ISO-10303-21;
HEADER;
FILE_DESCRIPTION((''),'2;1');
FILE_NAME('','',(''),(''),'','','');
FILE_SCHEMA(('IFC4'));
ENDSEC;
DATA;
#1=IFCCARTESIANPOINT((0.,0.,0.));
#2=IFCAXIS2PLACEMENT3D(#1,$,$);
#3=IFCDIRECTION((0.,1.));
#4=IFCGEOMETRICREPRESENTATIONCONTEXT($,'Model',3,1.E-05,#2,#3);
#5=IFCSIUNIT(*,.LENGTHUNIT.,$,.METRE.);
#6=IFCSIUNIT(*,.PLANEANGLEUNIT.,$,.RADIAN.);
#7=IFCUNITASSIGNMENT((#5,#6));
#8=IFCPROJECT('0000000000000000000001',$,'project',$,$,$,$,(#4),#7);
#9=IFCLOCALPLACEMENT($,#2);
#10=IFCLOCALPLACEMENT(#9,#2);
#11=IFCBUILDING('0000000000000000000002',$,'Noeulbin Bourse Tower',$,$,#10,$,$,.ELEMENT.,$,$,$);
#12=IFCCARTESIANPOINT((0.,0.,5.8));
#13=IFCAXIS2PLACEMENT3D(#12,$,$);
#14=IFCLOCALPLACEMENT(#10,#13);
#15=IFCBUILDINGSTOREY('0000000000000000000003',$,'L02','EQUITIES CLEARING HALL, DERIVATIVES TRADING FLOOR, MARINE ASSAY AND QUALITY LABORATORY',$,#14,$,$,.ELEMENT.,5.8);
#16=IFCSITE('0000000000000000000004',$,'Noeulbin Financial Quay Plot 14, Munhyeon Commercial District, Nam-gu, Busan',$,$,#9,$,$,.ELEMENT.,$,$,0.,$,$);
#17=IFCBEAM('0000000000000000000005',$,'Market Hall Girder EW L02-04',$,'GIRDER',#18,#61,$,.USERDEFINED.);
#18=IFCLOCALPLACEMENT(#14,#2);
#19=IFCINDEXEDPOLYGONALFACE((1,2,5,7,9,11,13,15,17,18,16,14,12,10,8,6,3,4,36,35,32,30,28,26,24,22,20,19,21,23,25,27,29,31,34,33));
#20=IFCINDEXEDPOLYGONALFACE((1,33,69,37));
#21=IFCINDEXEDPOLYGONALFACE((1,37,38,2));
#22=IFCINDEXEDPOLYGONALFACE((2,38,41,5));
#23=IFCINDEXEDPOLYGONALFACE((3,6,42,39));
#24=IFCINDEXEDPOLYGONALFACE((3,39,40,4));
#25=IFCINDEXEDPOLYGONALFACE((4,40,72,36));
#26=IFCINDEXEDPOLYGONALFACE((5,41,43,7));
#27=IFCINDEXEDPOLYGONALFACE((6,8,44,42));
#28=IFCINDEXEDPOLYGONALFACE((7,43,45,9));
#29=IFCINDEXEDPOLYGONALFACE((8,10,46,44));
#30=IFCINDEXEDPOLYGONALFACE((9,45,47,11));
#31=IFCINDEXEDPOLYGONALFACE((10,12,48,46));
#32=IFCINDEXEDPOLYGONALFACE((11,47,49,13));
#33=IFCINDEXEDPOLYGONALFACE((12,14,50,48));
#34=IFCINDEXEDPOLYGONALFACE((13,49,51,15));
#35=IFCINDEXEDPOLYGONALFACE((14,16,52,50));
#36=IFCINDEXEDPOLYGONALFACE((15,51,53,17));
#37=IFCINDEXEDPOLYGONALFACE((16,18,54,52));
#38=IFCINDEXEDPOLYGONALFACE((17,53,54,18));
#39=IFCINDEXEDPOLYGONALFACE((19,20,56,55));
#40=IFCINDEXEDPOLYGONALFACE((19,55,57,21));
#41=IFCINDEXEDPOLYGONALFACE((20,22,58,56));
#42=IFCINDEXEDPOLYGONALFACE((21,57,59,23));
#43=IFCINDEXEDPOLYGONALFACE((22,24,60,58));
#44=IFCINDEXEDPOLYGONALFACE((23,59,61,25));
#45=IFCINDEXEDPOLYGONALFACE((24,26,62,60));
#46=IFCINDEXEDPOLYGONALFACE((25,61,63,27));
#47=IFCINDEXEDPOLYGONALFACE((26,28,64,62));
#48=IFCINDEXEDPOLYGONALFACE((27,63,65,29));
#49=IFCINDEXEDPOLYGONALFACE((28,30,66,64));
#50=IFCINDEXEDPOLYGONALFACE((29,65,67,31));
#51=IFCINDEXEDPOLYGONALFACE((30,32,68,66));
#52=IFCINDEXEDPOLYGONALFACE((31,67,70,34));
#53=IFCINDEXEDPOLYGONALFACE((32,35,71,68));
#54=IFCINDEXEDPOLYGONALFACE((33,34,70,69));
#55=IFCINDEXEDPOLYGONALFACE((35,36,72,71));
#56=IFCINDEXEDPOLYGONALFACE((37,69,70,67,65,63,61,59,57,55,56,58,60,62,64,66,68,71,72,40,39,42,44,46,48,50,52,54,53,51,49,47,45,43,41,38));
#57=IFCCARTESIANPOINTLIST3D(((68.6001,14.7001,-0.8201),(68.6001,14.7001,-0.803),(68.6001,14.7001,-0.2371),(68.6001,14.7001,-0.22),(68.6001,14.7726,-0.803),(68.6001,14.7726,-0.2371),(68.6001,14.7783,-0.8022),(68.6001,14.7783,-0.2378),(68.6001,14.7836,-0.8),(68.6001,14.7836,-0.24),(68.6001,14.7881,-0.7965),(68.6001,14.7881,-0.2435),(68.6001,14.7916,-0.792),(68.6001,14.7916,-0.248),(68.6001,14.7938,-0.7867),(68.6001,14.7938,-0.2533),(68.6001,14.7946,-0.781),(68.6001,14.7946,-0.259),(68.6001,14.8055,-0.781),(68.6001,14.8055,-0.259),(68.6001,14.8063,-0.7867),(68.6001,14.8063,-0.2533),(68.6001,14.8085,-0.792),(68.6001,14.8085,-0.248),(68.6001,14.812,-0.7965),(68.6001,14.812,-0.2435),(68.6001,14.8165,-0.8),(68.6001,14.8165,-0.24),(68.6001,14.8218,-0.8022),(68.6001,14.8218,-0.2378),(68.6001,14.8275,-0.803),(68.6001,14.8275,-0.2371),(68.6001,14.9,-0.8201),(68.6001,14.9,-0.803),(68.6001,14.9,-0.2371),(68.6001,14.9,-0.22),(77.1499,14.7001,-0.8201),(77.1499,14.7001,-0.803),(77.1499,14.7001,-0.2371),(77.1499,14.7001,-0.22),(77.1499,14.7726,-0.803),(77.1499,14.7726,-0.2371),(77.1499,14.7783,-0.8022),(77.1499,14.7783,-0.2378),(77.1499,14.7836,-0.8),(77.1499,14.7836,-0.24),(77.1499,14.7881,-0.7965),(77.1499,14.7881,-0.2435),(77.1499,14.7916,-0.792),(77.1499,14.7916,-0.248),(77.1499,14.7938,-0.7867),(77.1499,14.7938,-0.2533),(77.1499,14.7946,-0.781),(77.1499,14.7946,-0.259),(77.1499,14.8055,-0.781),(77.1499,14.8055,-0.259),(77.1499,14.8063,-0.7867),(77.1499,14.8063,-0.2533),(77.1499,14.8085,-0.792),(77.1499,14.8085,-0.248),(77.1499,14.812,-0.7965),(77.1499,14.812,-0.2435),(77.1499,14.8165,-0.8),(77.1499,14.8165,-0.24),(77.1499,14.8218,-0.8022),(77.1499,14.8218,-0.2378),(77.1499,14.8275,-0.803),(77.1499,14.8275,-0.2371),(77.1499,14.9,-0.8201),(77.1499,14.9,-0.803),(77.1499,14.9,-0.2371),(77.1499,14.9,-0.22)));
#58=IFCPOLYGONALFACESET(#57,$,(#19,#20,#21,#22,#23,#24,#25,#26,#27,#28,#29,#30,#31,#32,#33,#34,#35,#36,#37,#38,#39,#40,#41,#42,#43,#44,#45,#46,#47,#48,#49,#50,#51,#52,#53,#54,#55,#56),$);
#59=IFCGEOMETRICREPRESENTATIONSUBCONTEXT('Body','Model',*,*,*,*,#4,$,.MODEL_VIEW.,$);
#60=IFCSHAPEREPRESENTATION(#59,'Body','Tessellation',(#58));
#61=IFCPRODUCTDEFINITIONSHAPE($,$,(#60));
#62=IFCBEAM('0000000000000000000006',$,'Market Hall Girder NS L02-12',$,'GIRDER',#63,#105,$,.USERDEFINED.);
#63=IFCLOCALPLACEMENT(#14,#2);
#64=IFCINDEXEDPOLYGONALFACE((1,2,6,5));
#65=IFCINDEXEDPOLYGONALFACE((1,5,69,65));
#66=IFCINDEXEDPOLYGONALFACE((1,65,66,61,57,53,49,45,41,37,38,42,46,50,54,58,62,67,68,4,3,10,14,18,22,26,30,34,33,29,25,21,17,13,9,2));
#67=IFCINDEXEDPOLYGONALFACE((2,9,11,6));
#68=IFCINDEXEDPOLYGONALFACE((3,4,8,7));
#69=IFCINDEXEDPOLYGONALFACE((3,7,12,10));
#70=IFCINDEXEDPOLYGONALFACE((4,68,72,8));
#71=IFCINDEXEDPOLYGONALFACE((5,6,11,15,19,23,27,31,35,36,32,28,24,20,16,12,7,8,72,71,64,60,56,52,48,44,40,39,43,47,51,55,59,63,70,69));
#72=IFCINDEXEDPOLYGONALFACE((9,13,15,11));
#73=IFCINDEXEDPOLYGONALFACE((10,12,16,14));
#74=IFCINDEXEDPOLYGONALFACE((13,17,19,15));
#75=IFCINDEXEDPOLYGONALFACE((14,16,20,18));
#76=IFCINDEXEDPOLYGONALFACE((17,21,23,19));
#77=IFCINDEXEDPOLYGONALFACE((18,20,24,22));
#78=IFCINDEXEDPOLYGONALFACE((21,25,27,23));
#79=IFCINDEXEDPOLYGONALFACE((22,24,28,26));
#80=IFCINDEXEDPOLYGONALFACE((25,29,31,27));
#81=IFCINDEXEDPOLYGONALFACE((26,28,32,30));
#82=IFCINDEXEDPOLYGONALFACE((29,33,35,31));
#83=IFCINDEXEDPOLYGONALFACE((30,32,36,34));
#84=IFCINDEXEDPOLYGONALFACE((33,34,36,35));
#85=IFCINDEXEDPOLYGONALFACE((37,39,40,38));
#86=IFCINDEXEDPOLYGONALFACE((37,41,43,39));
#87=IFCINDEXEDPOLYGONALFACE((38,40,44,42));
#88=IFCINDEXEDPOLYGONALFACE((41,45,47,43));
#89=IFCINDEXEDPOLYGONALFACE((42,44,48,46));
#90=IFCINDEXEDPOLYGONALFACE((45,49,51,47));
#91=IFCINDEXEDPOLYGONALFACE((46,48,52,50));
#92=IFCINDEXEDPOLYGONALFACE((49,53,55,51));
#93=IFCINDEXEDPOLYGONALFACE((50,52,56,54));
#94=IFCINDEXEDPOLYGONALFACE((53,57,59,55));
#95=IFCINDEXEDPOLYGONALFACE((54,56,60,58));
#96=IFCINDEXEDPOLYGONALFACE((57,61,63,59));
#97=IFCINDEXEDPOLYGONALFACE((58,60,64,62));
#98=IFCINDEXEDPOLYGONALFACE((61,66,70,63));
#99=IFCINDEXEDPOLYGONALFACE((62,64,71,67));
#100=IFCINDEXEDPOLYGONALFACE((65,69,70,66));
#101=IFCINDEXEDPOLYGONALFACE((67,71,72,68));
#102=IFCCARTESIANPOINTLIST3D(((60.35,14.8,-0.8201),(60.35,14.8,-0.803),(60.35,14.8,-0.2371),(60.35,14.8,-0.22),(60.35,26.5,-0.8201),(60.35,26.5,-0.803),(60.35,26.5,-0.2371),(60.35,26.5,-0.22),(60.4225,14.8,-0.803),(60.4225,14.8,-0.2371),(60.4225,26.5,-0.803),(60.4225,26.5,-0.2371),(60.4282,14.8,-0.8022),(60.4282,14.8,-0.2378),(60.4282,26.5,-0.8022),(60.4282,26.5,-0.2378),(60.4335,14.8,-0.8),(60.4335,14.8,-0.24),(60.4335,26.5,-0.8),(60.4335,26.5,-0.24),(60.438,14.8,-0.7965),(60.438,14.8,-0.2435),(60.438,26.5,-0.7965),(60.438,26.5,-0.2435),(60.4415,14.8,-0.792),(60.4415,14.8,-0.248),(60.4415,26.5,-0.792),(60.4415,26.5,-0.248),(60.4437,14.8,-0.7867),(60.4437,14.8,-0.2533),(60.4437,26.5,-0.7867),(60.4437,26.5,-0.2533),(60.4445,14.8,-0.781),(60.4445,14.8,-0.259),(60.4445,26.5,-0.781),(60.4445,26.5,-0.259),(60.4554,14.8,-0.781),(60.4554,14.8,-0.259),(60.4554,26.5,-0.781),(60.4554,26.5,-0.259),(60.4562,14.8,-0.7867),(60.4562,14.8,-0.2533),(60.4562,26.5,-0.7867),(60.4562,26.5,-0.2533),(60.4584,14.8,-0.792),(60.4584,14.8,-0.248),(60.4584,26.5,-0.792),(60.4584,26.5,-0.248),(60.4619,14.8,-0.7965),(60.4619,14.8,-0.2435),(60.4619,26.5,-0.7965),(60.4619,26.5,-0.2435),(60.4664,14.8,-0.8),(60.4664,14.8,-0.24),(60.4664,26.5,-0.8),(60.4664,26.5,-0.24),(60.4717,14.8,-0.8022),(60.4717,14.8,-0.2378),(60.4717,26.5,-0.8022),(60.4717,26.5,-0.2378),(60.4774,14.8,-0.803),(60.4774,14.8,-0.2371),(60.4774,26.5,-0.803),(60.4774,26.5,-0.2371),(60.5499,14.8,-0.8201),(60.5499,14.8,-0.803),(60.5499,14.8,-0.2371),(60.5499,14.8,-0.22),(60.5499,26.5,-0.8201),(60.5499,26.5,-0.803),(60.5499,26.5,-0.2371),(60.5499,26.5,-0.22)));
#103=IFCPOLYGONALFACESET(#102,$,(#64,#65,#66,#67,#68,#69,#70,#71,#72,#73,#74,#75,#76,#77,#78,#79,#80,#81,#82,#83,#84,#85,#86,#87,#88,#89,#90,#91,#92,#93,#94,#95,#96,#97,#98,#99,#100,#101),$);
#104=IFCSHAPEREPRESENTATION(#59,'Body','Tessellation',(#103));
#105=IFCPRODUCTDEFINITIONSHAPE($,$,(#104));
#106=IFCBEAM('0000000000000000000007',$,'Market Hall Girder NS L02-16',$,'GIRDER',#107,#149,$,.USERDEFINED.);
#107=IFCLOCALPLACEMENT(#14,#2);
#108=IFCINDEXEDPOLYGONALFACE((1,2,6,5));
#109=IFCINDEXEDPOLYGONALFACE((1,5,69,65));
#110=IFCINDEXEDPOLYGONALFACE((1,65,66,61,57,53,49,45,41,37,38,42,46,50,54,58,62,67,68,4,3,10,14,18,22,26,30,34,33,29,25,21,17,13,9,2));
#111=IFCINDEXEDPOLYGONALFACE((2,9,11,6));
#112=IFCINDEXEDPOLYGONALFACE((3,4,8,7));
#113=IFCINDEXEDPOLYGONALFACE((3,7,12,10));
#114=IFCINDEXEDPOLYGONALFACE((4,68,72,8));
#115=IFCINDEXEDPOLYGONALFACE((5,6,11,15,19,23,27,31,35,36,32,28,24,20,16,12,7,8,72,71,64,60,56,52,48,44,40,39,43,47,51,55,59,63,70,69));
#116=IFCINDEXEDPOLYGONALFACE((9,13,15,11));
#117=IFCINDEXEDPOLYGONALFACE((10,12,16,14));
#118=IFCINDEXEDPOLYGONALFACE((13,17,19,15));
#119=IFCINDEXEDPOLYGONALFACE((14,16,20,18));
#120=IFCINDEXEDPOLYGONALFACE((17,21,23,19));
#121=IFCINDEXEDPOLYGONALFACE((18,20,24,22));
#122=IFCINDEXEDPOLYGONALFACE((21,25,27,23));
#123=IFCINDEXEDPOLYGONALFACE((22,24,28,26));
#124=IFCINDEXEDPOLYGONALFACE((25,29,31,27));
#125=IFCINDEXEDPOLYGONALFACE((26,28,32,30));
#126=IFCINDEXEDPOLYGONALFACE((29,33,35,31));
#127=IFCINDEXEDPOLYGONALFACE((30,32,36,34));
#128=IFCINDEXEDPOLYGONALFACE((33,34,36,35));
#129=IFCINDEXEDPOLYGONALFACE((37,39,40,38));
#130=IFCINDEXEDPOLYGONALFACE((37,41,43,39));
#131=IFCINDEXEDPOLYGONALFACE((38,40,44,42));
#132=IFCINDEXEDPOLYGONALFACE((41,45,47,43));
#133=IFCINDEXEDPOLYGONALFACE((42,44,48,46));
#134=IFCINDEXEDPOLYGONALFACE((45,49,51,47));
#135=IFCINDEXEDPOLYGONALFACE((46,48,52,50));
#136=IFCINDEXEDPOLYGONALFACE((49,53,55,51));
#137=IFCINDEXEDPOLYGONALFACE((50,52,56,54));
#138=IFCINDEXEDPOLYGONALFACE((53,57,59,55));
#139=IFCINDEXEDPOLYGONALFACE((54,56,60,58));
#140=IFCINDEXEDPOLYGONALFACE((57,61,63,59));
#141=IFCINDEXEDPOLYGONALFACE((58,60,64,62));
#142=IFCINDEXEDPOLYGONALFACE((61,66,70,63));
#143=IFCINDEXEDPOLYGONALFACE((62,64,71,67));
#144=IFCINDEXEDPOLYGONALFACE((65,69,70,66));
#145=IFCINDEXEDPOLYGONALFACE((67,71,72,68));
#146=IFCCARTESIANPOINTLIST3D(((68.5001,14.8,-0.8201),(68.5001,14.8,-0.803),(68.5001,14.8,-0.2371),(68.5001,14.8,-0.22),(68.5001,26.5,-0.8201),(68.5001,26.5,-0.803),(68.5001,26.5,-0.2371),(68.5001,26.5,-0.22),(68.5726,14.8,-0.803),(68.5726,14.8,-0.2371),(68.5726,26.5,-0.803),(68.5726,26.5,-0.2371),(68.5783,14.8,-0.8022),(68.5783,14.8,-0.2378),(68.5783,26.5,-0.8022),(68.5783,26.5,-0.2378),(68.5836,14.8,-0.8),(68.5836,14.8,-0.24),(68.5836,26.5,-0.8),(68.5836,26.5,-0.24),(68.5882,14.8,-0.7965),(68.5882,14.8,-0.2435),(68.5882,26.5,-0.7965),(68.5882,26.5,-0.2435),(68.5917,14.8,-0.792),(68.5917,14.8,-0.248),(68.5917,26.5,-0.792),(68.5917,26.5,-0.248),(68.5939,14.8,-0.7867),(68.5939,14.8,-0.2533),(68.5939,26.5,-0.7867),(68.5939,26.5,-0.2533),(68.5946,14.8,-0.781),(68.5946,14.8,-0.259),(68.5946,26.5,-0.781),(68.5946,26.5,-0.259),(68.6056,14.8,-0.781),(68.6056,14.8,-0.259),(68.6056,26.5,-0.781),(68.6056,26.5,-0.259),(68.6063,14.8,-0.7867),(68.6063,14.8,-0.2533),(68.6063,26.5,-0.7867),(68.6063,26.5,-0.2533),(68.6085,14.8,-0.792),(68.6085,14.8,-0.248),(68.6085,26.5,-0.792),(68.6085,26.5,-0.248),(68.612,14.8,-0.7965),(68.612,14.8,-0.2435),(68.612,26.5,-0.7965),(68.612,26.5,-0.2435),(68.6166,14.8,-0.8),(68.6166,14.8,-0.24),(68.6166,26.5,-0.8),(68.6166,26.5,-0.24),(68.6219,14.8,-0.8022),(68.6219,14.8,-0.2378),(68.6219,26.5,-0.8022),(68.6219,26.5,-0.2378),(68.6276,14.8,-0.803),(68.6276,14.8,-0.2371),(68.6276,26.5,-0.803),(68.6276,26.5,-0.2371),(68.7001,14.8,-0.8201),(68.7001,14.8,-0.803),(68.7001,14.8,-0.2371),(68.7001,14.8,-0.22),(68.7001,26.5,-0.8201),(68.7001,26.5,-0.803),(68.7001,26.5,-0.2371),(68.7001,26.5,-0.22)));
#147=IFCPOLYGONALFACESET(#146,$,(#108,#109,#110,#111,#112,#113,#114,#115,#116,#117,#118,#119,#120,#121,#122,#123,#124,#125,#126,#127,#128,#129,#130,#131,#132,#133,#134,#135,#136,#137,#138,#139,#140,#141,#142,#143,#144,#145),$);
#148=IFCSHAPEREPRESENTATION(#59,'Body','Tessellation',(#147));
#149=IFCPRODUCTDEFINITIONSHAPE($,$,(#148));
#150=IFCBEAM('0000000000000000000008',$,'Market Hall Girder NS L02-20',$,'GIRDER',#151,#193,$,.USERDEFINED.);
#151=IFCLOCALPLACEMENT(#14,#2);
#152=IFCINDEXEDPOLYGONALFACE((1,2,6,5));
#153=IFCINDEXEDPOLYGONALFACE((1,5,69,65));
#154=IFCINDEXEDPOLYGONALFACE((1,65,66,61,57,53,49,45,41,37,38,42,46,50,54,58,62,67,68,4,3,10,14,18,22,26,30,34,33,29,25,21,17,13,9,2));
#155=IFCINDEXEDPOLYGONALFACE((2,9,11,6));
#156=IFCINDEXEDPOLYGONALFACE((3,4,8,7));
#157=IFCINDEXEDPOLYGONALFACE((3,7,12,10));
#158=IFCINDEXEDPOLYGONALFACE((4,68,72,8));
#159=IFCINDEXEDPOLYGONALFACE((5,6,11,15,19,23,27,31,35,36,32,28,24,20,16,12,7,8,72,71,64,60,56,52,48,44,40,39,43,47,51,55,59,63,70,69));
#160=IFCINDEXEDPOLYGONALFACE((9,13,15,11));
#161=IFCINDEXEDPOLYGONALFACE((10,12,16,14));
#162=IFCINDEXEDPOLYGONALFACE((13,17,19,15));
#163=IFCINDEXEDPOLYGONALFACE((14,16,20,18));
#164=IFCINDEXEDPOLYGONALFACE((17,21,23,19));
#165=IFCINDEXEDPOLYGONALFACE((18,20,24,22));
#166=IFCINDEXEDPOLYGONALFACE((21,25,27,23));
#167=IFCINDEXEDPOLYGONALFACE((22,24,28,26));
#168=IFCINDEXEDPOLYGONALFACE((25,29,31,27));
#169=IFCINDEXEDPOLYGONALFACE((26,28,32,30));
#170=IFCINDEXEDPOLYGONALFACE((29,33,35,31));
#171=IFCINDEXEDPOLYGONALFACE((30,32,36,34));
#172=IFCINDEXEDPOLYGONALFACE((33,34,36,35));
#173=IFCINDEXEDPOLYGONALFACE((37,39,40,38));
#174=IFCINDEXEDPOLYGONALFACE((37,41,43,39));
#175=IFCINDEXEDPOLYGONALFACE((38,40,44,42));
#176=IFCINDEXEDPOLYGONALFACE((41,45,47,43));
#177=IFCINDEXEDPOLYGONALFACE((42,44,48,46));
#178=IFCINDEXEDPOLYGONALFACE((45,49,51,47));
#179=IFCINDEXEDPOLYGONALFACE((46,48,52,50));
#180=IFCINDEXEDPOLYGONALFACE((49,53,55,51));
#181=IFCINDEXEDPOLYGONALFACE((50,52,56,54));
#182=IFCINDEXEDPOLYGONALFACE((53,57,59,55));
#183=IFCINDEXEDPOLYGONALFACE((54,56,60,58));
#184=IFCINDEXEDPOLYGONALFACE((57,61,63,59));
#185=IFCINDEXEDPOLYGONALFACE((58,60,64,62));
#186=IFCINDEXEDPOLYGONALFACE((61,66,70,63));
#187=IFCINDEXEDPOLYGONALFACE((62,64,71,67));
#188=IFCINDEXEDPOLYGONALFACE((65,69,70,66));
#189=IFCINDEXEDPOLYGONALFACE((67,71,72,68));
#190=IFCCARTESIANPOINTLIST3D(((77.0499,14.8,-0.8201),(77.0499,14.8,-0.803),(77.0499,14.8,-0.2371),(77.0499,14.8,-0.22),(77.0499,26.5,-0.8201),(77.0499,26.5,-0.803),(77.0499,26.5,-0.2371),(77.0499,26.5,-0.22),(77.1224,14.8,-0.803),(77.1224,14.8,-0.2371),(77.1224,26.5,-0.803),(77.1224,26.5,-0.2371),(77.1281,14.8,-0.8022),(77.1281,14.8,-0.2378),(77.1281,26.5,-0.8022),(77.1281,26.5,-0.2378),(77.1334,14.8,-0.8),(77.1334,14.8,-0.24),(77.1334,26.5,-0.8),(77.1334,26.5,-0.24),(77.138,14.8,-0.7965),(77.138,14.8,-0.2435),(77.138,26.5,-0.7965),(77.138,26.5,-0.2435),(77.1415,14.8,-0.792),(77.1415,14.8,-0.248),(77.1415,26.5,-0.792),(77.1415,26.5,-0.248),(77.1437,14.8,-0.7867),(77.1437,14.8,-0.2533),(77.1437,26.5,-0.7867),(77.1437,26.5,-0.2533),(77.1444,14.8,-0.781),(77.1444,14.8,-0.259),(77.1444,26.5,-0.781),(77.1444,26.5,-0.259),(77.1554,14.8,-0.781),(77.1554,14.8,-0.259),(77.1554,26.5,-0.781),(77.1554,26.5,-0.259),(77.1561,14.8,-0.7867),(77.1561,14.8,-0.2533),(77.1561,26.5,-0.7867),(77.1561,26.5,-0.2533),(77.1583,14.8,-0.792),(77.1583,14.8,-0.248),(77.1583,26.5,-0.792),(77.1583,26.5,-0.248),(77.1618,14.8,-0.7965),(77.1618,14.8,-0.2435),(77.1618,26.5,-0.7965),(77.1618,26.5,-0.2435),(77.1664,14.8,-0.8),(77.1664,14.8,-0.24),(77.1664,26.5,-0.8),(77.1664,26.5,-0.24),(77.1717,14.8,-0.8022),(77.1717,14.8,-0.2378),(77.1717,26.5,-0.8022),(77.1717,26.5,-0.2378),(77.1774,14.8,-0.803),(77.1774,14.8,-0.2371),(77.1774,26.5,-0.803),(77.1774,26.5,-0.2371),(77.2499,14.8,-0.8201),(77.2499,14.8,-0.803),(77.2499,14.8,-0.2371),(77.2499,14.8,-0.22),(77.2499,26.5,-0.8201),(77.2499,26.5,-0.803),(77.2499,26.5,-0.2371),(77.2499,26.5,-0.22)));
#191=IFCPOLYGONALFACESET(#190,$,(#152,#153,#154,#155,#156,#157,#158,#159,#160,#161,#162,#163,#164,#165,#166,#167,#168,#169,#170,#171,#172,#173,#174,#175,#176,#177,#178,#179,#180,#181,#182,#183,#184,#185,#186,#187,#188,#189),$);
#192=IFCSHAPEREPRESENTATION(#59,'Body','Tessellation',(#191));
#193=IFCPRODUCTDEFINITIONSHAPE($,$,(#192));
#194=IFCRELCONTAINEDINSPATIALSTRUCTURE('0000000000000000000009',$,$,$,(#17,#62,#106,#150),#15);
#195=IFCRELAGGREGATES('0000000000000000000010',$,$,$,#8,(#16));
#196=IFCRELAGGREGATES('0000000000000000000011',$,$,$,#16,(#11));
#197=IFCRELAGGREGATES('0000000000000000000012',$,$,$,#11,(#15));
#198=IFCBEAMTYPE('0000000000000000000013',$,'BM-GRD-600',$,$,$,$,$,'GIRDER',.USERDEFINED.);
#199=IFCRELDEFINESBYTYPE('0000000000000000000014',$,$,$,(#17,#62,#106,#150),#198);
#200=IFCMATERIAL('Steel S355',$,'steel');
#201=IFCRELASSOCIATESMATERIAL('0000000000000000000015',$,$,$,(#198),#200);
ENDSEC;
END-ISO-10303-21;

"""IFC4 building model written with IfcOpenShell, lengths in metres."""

from ifc_helpers import new_model, si_unit, direction, frame, origin, origin_2d, place, context, subcontext, project, spatial, i_section, extrude, material, material_profile, profile_set, type_object, element, save


model = new_model("IFC4")

# Units and contexts
model_context = context("Model", 3, precision=1e-05, world=origin(), true_north=direction((0.0, 1.0)))
body_context = subcontext(model_context, "Body", "Model", "MODEL_VIEW")
ifc_project = project(units=[si_unit("LENGTHUNIT", "METRE"), si_unit("PLANEANGLEUNIT", "RADIAN")], contexts=[model_context])

# Site, building, storey
site_placement = place(None, origin())
site = spatial("IfcSite", under=ifc_project, at=site_placement, Name="Noeulbin Financial Quay Plot 14, Munhyeon Commercial District, Nam-gu, Busan", CompositionType="ELEMENT", RefElevation=0.0)
building_placement = place(site_placement, origin())
building = spatial("IfcBuilding", under=site, at=building_placement, Name="Noeulbin Bourse Tower", CompositionType="ELEMENT")
storey_placement = place(building_placement, frame((0.0, 0.0, 5.8)))
storey = spatial("IfcBuildingStorey", under=building, at=storey_placement, Name="L02", Description="EQUITIES CLEARING HALL, DERIVATIVES TRADING FLOOR, MARINE ASSAY AND QUALITY LABORATORY", CompositionType="ELEMENT", Elevation=5.8)

# Shared definitions
ifc_material_1 = material(Name="Steel S355", Category="steel")

# Beams
ifc_material_profile_1 = material_profile(ifc_material_1, i_section(OverallWidth=0.2, OverallDepth=0.6001, WebThickness=0.011, FlangeThickness=0.0171, FilletRadius=0.022, at=origin_2d()), Name="H-600x200x11x17", Category="LoadBearing")
ifc_profile_set_1 = profile_set([ifc_material_profile_1], Name="Steel S355")
beam_type_1 = type_object("IfcBeamType", Name="BM-GRD-600", ElementType="GIRDER", PredefinedType="USERDEFINED", material=ifc_profile_set_1)
beam_placement = place(storey_placement, frame((68.6001, 14.8, -0.52), z_axis=(1.0, 0.0, 0.0), x_axis=(0.0, 1.0, 0.0)))
element("IfcBeam", 1, at=beam_placement, inside=storey, type_object=beam_type_1, Name="Market Hall Girder EW L02-04", ObjectType="GIRDER", PredefinedType="USERDEFINED", context=body_context, shape_type="SweptSolid", body=[
    extrude(i_section(OverallWidth=0.2, OverallDepth=0.6001, WebThickness=0.011, FlangeThickness=0.0171, FilletRadius=0.022, at=origin_2d()), origin(), (0.0, 0.0, 1.0), 8.5498),
])
for number, where, z_axis, x_axis, name in (
    (2, (60.45, 14.8, -0.52), (0.0, 1.0, 0.0), (-1.0, 0.0, 0.0), "Market Hall Girder NS L02-12"),
    (3, (68.6001, 14.8, -0.52), (0.0, 1.0, 0.0), (-1.0, 0.0, 0.0), "Market Hall Girder NS L02-16"),
    (4, (77.1499, 14.8, -0.52), (0.0, 1.0, 0.0), (-1.0, 0.0, 0.0), "Market Hall Girder NS L02-20"),
):
    element("IfcBeam", number, at=place(storey_placement, frame(where, z_axis=z_axis, x_axis=x_axis)), inside=storey, type_object=beam_type_1, Name=name, ObjectType="GIRDER", PredefinedType="USERDEFINED", context=body_context, shape_type="SweptSolid", body=[
        extrude(i_section(OverallWidth=0.2, OverallDepth=0.6001, WebThickness=0.011, FlangeThickness=0.0171, FilletRadius=0.022, at=origin_2d()), origin(), (0.0, 0.0, 1.0), 11.7),
    ])

save(model, "model.ifc")
